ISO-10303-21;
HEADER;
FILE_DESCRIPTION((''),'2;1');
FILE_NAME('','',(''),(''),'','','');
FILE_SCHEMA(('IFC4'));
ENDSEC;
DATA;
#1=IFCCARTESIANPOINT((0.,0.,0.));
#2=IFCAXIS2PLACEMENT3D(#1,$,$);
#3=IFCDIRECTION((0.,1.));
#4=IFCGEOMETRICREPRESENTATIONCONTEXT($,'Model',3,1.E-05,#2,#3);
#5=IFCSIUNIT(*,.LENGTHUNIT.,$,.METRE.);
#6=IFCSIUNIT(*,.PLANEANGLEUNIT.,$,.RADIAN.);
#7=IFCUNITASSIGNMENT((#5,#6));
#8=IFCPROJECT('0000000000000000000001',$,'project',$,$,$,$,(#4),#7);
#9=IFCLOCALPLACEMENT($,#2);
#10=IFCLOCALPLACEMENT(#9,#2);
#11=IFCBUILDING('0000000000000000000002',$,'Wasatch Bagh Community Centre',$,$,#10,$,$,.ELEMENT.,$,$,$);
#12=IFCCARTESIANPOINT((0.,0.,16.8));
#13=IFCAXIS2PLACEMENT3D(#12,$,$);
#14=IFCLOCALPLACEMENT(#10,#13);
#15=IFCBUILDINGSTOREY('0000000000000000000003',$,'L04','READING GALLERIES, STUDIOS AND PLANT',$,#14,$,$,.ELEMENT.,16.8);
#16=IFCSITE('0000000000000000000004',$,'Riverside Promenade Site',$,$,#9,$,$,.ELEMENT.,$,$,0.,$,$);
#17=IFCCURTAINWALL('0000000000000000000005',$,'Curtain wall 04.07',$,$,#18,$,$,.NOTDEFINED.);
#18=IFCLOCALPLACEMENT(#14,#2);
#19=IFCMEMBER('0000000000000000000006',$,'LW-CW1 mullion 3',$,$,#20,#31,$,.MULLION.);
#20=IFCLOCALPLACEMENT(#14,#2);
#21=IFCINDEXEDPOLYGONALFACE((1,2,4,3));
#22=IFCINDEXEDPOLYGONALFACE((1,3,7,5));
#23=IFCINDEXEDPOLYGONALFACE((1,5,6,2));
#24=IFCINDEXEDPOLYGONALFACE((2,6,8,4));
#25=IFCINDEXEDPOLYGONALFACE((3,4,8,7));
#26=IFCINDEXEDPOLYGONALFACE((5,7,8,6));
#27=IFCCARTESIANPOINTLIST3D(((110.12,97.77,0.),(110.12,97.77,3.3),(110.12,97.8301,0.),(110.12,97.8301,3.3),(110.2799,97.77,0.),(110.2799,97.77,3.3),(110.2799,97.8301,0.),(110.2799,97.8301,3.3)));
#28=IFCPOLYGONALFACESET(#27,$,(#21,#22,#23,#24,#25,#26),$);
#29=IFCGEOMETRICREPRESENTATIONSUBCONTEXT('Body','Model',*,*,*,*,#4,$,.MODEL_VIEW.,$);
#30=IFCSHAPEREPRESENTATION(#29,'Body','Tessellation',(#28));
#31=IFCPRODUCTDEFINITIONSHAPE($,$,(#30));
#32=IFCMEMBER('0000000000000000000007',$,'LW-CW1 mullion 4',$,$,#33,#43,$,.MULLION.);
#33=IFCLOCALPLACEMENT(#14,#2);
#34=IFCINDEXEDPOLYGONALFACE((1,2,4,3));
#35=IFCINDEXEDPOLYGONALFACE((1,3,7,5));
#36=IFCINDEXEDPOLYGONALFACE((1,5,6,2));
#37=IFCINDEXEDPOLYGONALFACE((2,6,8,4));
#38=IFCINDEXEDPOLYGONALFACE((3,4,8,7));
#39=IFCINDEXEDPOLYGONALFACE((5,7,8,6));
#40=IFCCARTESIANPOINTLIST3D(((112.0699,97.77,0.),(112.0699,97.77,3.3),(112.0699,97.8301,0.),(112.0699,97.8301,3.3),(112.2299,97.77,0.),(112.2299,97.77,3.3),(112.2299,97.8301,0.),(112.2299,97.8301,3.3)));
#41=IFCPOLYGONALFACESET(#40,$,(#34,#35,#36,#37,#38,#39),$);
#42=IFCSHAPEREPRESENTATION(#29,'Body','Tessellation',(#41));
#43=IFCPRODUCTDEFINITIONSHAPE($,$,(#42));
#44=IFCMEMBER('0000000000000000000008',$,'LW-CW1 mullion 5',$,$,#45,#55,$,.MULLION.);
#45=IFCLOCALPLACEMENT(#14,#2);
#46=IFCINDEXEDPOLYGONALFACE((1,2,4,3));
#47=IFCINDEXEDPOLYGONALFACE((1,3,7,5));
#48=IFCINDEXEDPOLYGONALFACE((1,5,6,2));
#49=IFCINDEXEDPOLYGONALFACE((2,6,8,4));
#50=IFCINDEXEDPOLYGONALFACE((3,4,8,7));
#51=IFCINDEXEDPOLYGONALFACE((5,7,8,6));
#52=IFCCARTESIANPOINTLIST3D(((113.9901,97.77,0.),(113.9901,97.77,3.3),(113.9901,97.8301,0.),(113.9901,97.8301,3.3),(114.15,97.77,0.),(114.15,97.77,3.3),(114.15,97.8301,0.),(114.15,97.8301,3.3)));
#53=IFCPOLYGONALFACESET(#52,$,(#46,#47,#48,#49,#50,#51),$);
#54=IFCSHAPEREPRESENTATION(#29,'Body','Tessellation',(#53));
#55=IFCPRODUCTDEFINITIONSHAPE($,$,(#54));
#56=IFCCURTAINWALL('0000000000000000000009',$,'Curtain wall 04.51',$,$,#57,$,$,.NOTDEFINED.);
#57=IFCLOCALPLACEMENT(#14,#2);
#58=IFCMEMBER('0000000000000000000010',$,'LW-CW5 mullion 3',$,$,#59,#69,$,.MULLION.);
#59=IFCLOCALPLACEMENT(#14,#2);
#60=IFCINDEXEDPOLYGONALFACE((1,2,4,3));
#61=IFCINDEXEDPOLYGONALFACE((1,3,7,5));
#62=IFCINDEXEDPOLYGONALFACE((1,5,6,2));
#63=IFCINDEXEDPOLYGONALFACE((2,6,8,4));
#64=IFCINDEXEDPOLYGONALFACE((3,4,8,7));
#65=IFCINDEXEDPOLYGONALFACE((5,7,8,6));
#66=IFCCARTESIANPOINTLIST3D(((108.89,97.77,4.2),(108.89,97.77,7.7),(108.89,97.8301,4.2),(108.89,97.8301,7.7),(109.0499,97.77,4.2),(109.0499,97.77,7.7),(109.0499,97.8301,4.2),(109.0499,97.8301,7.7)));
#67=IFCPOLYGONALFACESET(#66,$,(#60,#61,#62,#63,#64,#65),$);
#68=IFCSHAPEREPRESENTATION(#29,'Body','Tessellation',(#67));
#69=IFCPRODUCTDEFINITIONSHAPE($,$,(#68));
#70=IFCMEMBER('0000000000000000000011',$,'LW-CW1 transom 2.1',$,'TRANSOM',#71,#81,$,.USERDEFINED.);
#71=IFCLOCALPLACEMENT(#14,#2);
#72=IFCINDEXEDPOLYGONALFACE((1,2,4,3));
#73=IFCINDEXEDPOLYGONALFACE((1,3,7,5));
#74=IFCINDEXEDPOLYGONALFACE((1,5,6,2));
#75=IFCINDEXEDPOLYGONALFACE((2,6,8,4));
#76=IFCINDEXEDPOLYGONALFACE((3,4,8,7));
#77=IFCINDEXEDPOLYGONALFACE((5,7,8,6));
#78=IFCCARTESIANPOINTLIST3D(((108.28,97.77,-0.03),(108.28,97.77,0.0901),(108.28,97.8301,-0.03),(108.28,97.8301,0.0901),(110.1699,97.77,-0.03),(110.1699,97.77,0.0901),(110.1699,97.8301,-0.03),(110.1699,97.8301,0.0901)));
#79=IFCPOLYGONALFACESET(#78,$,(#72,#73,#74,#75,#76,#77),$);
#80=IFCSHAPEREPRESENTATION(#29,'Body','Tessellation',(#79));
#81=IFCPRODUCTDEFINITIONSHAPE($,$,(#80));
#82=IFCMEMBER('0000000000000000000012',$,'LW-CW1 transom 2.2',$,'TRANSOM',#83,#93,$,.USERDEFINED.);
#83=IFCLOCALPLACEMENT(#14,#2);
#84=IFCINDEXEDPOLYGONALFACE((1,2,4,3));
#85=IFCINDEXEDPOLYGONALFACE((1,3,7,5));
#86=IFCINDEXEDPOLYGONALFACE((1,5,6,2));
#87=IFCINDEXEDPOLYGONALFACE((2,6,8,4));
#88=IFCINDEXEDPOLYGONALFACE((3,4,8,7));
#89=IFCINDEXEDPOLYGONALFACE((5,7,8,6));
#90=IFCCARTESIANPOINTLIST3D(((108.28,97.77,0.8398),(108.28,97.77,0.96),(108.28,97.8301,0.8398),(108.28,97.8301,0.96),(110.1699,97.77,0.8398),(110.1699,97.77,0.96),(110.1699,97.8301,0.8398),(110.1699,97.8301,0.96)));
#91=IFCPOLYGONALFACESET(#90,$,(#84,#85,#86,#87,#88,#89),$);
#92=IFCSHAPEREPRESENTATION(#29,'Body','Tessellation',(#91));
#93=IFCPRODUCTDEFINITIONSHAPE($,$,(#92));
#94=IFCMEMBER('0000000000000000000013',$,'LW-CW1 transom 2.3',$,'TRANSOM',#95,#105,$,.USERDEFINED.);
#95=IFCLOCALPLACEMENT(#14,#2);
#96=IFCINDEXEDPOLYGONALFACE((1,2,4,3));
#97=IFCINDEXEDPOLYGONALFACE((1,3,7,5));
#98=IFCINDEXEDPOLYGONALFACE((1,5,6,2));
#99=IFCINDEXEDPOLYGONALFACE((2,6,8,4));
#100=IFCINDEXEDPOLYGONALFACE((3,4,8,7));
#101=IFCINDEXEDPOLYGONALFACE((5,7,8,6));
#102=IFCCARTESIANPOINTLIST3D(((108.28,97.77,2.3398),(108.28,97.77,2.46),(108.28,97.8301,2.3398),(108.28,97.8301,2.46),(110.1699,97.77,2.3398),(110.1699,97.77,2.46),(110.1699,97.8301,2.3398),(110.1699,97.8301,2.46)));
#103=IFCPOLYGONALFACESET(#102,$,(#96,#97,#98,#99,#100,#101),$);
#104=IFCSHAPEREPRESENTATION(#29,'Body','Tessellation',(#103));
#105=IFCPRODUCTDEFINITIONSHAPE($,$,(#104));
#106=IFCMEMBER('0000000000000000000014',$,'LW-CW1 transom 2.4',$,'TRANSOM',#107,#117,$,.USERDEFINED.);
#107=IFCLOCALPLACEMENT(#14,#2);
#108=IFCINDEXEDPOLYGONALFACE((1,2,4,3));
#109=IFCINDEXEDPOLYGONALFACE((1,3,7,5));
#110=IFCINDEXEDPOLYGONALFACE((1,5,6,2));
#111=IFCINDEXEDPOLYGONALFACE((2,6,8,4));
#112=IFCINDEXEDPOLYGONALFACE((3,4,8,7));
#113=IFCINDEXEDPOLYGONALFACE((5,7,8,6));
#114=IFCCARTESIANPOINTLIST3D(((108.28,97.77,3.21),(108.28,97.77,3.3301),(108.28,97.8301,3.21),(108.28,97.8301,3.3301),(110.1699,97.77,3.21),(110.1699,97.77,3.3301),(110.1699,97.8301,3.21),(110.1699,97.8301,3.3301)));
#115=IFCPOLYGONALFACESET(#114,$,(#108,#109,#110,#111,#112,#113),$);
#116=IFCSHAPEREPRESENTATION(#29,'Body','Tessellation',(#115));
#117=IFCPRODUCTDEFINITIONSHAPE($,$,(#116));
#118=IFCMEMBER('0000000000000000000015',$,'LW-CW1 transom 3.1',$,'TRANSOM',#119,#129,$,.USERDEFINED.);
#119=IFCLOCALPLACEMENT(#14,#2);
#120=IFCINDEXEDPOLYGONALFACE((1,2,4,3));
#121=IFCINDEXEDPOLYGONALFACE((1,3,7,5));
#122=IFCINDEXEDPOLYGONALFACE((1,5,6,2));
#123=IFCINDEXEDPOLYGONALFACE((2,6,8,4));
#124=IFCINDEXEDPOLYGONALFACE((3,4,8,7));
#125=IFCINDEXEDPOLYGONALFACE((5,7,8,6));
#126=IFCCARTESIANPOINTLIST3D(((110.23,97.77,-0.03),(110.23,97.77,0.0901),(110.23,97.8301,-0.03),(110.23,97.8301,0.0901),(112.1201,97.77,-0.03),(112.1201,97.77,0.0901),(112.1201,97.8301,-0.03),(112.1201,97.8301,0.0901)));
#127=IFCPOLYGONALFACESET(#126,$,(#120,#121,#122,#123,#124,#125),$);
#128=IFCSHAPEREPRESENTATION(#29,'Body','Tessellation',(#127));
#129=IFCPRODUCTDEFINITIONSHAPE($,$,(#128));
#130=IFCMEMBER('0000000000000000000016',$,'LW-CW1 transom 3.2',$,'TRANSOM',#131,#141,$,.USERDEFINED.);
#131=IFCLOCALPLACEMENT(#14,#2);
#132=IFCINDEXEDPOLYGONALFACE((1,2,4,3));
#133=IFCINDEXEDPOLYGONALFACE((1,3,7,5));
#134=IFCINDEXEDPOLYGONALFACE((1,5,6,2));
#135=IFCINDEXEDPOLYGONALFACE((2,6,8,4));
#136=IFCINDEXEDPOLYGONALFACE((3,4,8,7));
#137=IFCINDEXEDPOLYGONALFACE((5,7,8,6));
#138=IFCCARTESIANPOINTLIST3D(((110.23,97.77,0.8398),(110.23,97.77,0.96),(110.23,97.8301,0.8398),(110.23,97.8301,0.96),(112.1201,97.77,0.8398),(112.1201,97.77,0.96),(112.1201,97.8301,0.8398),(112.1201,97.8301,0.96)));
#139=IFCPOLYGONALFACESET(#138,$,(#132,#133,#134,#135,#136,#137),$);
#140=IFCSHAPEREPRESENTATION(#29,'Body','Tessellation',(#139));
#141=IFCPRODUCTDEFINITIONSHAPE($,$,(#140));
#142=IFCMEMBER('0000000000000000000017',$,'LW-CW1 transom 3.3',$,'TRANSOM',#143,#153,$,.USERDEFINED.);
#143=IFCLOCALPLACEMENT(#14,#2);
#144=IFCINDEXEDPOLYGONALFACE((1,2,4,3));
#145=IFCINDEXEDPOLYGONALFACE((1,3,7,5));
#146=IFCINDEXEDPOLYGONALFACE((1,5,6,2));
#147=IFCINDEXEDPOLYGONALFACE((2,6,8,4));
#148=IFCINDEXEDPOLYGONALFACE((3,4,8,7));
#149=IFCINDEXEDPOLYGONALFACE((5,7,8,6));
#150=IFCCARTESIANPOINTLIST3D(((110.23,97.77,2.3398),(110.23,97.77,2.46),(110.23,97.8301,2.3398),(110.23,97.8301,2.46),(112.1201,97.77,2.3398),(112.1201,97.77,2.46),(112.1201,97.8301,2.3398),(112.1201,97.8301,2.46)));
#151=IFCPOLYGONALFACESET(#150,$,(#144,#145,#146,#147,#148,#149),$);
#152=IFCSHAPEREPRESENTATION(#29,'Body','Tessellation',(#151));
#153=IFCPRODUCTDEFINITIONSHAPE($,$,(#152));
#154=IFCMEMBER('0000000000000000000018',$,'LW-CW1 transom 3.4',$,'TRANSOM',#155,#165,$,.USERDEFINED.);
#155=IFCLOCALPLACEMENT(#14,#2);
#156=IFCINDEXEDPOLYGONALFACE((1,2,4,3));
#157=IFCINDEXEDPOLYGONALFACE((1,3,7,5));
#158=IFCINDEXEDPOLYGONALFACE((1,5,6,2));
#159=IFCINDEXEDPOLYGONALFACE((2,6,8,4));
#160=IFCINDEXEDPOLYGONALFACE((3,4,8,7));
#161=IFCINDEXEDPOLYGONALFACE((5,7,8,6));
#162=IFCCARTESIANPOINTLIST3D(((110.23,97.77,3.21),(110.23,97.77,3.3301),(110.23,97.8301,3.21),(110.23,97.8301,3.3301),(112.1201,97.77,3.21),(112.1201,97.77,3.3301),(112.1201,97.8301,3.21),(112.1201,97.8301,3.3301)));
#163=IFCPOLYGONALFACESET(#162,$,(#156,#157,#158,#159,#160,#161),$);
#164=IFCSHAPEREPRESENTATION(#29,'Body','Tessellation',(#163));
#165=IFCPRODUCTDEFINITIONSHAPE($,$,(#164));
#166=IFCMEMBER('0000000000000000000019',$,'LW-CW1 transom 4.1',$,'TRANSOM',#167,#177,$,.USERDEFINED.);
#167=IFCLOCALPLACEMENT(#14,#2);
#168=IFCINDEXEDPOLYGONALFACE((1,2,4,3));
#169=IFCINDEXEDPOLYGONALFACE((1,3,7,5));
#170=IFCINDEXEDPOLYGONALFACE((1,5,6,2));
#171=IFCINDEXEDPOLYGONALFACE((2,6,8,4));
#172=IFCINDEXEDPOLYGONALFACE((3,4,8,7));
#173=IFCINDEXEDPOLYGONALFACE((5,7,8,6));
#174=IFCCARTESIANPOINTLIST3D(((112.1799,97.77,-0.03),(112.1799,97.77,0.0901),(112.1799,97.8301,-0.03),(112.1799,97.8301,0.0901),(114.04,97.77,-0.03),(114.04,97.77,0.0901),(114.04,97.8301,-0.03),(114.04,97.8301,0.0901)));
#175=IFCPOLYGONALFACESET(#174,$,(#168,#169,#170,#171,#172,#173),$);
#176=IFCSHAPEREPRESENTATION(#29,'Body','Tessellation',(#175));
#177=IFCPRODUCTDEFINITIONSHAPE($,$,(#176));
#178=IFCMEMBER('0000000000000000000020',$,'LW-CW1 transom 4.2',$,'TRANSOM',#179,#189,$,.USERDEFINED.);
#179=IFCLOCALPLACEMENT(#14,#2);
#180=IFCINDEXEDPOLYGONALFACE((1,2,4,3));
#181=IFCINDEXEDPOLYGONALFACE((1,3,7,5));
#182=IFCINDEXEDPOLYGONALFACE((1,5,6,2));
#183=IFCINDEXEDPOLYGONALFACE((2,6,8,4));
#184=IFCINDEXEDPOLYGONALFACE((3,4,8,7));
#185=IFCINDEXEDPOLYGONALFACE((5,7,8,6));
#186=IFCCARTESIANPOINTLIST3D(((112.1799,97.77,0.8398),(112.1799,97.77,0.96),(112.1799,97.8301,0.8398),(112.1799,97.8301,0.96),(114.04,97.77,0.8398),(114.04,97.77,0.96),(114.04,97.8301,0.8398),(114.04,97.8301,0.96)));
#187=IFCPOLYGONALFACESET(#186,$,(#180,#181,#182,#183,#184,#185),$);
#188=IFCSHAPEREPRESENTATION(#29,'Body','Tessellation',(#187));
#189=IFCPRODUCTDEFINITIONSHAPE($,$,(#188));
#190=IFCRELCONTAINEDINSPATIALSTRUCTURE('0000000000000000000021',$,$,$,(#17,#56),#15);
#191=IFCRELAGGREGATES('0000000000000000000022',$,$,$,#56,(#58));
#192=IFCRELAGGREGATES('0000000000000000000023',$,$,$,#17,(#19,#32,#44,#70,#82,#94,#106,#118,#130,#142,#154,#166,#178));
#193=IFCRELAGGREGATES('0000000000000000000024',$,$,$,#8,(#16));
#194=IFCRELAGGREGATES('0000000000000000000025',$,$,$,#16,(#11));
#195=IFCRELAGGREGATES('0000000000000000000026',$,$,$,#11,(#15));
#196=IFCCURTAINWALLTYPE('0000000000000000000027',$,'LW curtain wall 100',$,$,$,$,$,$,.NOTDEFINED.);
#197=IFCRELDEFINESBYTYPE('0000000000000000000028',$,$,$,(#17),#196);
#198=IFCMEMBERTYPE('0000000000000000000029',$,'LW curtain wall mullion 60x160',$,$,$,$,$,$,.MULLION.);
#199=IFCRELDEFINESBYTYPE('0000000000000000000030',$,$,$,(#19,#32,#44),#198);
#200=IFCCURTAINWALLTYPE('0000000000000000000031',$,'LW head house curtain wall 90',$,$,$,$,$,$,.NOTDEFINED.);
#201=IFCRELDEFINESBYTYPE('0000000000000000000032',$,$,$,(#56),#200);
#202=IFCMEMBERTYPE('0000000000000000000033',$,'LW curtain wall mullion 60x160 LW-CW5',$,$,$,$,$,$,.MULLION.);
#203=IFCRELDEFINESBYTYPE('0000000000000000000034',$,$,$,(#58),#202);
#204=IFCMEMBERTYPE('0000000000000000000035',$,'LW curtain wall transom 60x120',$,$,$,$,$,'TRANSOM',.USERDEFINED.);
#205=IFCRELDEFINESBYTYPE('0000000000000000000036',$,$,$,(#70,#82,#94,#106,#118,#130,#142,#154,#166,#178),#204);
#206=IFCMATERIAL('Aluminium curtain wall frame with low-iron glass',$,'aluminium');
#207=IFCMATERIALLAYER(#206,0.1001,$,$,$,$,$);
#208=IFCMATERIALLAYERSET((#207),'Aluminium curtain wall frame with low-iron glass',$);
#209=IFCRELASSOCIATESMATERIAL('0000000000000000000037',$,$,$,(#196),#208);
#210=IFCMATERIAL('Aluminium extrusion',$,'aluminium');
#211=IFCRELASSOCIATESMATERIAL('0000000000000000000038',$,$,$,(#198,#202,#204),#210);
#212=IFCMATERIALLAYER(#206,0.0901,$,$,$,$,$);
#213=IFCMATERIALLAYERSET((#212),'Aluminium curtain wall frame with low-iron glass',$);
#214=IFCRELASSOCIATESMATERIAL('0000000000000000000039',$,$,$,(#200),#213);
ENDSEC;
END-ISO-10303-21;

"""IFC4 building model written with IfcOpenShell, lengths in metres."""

from ifc_helpers import new_model, si_unit, direction, frame, origin, origin_2d, place, context, subcontext, project, spatial, rectangle, extrude, material, layer, layer_set, material_profile, profile_set, type_object, element, aggregate, save


model = new_model("IFC4")

# Units and contexts
model_context = context("Model", 3, precision=1e-05, world=origin(), true_north=direction((0.0, 1.0)))
body_context = subcontext(model_context, "Body", "Model", "MODEL_VIEW")
ifc_project = project(units=[si_unit("LENGTHUNIT", "METRE"), si_unit("PLANEANGLEUNIT", "RADIAN")], contexts=[model_context])

# Site, building, storey
site_placement = place(None, origin())
site = spatial("IfcSite", under=ifc_project, at=site_placement, Name="Riverside Promenade Site", CompositionType="ELEMENT", RefElevation=0.0)
building_placement = place(site_placement, origin())
building = spatial("IfcBuilding", under=site, at=building_placement, Name="Wasatch Bagh Community Centre", CompositionType="ELEMENT")
storey_placement = place(building_placement, frame((0.0, 0.0, 16.8)))
storey = spatial("IfcBuildingStorey", under=building, at=storey_placement, Name="L04", Description="READING GALLERIES, STUDIOS AND PLANT", CompositionType="ELEMENT", Elevation=16.8)

# Curtain wall, members
ifc_material_1 = material(Name="Aluminium curtain wall frame with low-iron glass", Category="aluminium")
ifc_layer_1 = layer(ifc_material_1, 0.1001)
ifc_layer_set_1 = layer_set([ifc_layer_1], Name="Aluminium curtain wall frame with low-iron glass")
curtain_wall_type_1 = type_object("IfcCurtainWallType", Name="LW curtain wall 100", PredefinedType="NOTDEFINED", material=ifc_layer_set_1)
curtain_wall_1_placement = place(storey_placement, origin())
curtain_wall_1 = element("IfcCurtainWall", 1, at=curtain_wall_1_placement, inside=storey, type_object=curtain_wall_type_1, Name="Curtain wall 04.07", PredefinedType="NOTDEFINED")
ifc_material_2 = material(Name="Aluminium extrusion", Category="aluminium")
ifc_material_profile_1 = material_profile(ifc_material_2, rectangle(XDim=0.0601, YDim=0.1599, at=origin_2d()), Name="AL 60x160")
ifc_profile_set_1 = profile_set([ifc_material_profile_1], Name="Aluminium extrusion")
member_type_1 = type_object("IfcMemberType", Name="LW curtain wall mullion 60x160", PredefinedType="MULLION", material=ifc_profile_set_1)
member_1_placement = place(storey_placement, frame((110.2, 97.8, 0.0), z_axis=(0.0, 0.0, 1.0), x_axis=(0.0, 1.0, 0.0)))
member_1 = element("IfcMember", 2, at=member_1_placement, type_object=member_type_1, Name="LW-CW1 mullion 3", PredefinedType="MULLION", context=body_context, shape_type="SweptSolid", body=[
    extrude(rectangle(XDim=0.0601, YDim=0.1599, at=origin_2d()), origin(), (0.0, 0.0, 1.0), 3.3),
])
member_2_placement = place(storey_placement, frame((112.1499, 97.8, 0.0), z_axis=(0.0, 0.0, 1.0), x_axis=(0.0, 1.0, 0.0)))
member_2 = element("IfcMember", 3, at=member_2_placement, type_object=member_type_1, Name="LW-CW1 mullion 4", PredefinedType="MULLION", context=body_context, shape_type="SweptSolid", body=[
    extrude(rectangle(XDim=0.0601, YDim=0.1599, at=origin_2d()), origin(), (0.0, 0.0, 1.0), 3.3),
])
member_3_placement = place(storey_placement, frame((114.0701, 97.8, 0.0), z_axis=(0.0, 0.0, 1.0), x_axis=(0.0, 1.0, 0.0)))
member_3 = element("IfcMember", 4, at=member_3_placement, type_object=member_type_1, Name="LW-CW1 mullion 5", PredefinedType="MULLION", context=body_context, shape_type="SweptSolid", body=[
    extrude(rectangle(XDim=0.0601, YDim=0.1599, at=origin_2d()), origin(), (0.0, 0.0, 1.0), 3.3),
])

# Curtain wall, member
ifc_layer_2 = layer(ifc_material_1, 0.0901)
ifc_layer_set_2 = layer_set([ifc_layer_2], Name="Aluminium curtain wall frame with low-iron glass")
curtain_wall_type_2 = type_object("IfcCurtainWallType", Name="LW head house curtain wall 90", PredefinedType="NOTDEFINED", material=ifc_layer_set_2)
curtain_wall_2_placement = place(storey_placement, origin())
curtain_wall_2 = element("IfcCurtainWall", 5, at=curtain_wall_2_placement, inside=storey, type_object=curtain_wall_type_2, Name="Curtain wall 04.51", PredefinedType="NOTDEFINED")
ifc_material_profile_2 = material_profile(ifc_material_2, rectangle(XDim=0.0601, YDim=0.1599, at=origin_2d()), Name="AL 60x160")
ifc_profile_set_2 = profile_set([ifc_material_profile_2], Name="Aluminium extrusion")
member_type_2 = type_object("IfcMemberType", Name="LW curtain wall mullion 60x160 LW-CW5", PredefinedType="MULLION", material=ifc_profile_set_2)
member_4_placement = place(storey_placement, frame((108.97, 97.8, 4.2), z_axis=(0.0, 0.0, 1.0), x_axis=(0.0, 1.0, 0.0)))
member_4 = element("IfcMember", 6, at=member_4_placement, type_object=member_type_2, Name="LW-CW5 mullion 3", PredefinedType="MULLION", context=body_context, shape_type="SweptSolid", body=[
    extrude(rectangle(XDim=0.0601, YDim=0.1599, at=origin_2d()), origin(), (0.0, 0.0, 1.0), 3.5),
])
aggregate(curtain_wall_2, [member_4])

# Members
ifc_material_profile_3 = material_profile(ifc_material_2, rectangle(XDim=0.0601, YDim=0.1201, at=origin_2d()), Name="AL 60x120")
ifc_profile_set_3 = profile_set([ifc_material_profile_3], Name="Aluminium extrusion")
member_type_3 = type_object("IfcMemberType", Name="LW curtain wall transom 60x120", ElementType="TRANSOM", PredefinedType="USERDEFINED", material=ifc_profile_set_3)
member_5_placement = place(storey_placement, frame((108.28, 97.8, 0.03), z_axis=(1.0, 0.0, 0.0), x_axis=(0.0, 1.0, 0.0)))
member_5 = element("IfcMember", 7, at=member_5_placement, type_object=member_type_3, Name="LW-CW1 transom 2.1", ObjectType="TRANSOM", PredefinedType="USERDEFINED", context=body_context, shape_type="SweptSolid", body=[
    extrude(rectangle(XDim=0.0601, YDim=0.1201, at=origin_2d()), origin(), (0.0, 0.0, 1.0), 1.8899),
])
member_6_placement = place(storey_placement, frame((108.28, 97.8, 0.8999), z_axis=(1.0, 0.0, 0.0), x_axis=(0.0, 1.0, 0.0)))
member_6 = element("IfcMember", 8, at=member_6_placement, type_object=member_type_3, Name="LW-CW1 transom 2.2", ObjectType="TRANSOM", PredefinedType="USERDEFINED", context=body_context, shape_type="SweptSolid", body=[
    extrude(rectangle(XDim=0.0601, YDim=0.1201, at=origin_2d()), origin(), (0.0, 0.0, 1.0), 1.8899),
])
member_7_placement = place(storey_placement, frame((108.28, 97.8, 2.3999), z_axis=(1.0, 0.0, 0.0), x_axis=(0.0, 1.0, 0.0)))
member_7 = element("IfcMember", 9, at=member_7_placement, type_object=member_type_3, Name="LW-CW1 transom 2.3", ObjectType="TRANSOM", PredefinedType="USERDEFINED", context=body_context, shape_type="SweptSolid", body=[
    extrude(rectangle(XDim=0.0601, YDim=0.1201, at=origin_2d()), origin(), (0.0, 0.0, 1.0), 1.8899),
])
member_8_placement = place(storey_placement, frame((108.28, 97.8, 3.27), z_axis=(1.0, 0.0, 0.0), x_axis=(0.0, 1.0, 0.0)))
member_8 = element("IfcMember", 10, at=member_8_placement, type_object=member_type_3, Name="LW-CW1 transom 2.4", ObjectType="TRANSOM", PredefinedType="USERDEFINED", context=body_context, shape_type="SweptSolid", body=[
    extrude(rectangle(XDim=0.0601, YDim=0.1201, at=origin_2d()), origin(), (0.0, 0.0, 1.0), 1.8899),
])
member_9_placement = place(storey_placement, frame((110.23, 97.8, 0.03), z_axis=(1.0, 0.0, 0.0), x_axis=(0.0, 1.0, 0.0)))
member_9 = element("IfcMember", 11, at=member_9_placement, type_object=member_type_3, Name="LW-CW1 transom 3.1", ObjectType="TRANSOM", PredefinedType="USERDEFINED", context=body_context, shape_type="SweptSolid", body=[
    extrude(rectangle(XDim=0.0601, YDim=0.1201, at=origin_2d()), origin(), (0.0, 0.0, 1.0), 1.8901),
])
member_10_placement = place(storey_placement, frame((110.23, 97.8, 0.8999), z_axis=(1.0, 0.0, 0.0), x_axis=(0.0, 1.0, 0.0)))
member_10 = element("IfcMember", 12, at=member_10_placement, type_object=member_type_3, Name="LW-CW1 transom 3.2", ObjectType="TRANSOM", PredefinedType="USERDEFINED", context=body_context, shape_type="SweptSolid", body=[
    extrude(rectangle(XDim=0.0601, YDim=0.1201, at=origin_2d()), origin(), (0.0, 0.0, 1.0), 1.8901),
])
member_11_placement = place(storey_placement, frame((110.23, 97.8, 2.3999), z_axis=(1.0, 0.0, 0.0), x_axis=(0.0, 1.0, 0.0)))
member_11 = element("IfcMember", 13, at=member_11_placement, type_object=member_type_3, Name="LW-CW1 transom 3.3", ObjectType="TRANSOM", PredefinedType="USERDEFINED", context=body_context, shape_type="SweptSolid", body=[
    extrude(rectangle(XDim=0.0601, YDim=0.1201, at=origin_2d()), origin(), (0.0, 0.0, 1.0), 1.8901),
])
member_12_placement = place(storey_placement, frame((110.23, 97.8, 3.27), z_axis=(1.0, 0.0, 0.0), x_axis=(0.0, 1.0, 0.0)))
member_12 = element("IfcMember", 14, at=member_12_placement, type_object=member_type_3, Name="LW-CW1 transom 3.4", ObjectType="TRANSOM", PredefinedType="USERDEFINED", context=body_context, shape_type="SweptSolid", body=[
    extrude(rectangle(XDim=0.0601, YDim=0.1201, at=origin_2d()), origin(), (0.0, 0.0, 1.0), 1.8901),
])
member_13_placement = place(storey_placement, frame((112.1799, 97.8, 0.03), z_axis=(1.0, 0.0, 0.0), x_axis=(0.0, 1.0, 0.0)))
member_13 = element("IfcMember", 15, at=member_13_placement, type_object=member_type_3, Name="LW-CW1 transom 4.1", ObjectType="TRANSOM", PredefinedType="USERDEFINED", context=body_context, shape_type="SweptSolid", body=[
    extrude(rectangle(XDim=0.0601, YDim=0.1201, at=origin_2d()), origin(), (0.0, 0.0, 1.0), 1.8601),
])
member_14_placement = place(storey_placement, frame((112.1799, 97.8, 0.8999), z_axis=(1.0, 0.0, 0.0), x_axis=(0.0, 1.0, 0.0)))
member_14 = element("IfcMember", 16, at=member_14_placement, type_object=member_type_3, Name="LW-CW1 transom 4.2", ObjectType="TRANSOM", PredefinedType="USERDEFINED", context=body_context, shape_type="SweptSolid", body=[
    extrude(rectangle(XDim=0.0601, YDim=0.1201, at=origin_2d()), origin(), (0.0, 0.0, 1.0), 1.8601),
])

aggregate(curtain_wall_1, [member_1, member_2, member_3, member_5, member_6, member_7, member_8, member_9, member_10, member_11, member_12, member_13, member_14])

save(model, "model.ifc")
